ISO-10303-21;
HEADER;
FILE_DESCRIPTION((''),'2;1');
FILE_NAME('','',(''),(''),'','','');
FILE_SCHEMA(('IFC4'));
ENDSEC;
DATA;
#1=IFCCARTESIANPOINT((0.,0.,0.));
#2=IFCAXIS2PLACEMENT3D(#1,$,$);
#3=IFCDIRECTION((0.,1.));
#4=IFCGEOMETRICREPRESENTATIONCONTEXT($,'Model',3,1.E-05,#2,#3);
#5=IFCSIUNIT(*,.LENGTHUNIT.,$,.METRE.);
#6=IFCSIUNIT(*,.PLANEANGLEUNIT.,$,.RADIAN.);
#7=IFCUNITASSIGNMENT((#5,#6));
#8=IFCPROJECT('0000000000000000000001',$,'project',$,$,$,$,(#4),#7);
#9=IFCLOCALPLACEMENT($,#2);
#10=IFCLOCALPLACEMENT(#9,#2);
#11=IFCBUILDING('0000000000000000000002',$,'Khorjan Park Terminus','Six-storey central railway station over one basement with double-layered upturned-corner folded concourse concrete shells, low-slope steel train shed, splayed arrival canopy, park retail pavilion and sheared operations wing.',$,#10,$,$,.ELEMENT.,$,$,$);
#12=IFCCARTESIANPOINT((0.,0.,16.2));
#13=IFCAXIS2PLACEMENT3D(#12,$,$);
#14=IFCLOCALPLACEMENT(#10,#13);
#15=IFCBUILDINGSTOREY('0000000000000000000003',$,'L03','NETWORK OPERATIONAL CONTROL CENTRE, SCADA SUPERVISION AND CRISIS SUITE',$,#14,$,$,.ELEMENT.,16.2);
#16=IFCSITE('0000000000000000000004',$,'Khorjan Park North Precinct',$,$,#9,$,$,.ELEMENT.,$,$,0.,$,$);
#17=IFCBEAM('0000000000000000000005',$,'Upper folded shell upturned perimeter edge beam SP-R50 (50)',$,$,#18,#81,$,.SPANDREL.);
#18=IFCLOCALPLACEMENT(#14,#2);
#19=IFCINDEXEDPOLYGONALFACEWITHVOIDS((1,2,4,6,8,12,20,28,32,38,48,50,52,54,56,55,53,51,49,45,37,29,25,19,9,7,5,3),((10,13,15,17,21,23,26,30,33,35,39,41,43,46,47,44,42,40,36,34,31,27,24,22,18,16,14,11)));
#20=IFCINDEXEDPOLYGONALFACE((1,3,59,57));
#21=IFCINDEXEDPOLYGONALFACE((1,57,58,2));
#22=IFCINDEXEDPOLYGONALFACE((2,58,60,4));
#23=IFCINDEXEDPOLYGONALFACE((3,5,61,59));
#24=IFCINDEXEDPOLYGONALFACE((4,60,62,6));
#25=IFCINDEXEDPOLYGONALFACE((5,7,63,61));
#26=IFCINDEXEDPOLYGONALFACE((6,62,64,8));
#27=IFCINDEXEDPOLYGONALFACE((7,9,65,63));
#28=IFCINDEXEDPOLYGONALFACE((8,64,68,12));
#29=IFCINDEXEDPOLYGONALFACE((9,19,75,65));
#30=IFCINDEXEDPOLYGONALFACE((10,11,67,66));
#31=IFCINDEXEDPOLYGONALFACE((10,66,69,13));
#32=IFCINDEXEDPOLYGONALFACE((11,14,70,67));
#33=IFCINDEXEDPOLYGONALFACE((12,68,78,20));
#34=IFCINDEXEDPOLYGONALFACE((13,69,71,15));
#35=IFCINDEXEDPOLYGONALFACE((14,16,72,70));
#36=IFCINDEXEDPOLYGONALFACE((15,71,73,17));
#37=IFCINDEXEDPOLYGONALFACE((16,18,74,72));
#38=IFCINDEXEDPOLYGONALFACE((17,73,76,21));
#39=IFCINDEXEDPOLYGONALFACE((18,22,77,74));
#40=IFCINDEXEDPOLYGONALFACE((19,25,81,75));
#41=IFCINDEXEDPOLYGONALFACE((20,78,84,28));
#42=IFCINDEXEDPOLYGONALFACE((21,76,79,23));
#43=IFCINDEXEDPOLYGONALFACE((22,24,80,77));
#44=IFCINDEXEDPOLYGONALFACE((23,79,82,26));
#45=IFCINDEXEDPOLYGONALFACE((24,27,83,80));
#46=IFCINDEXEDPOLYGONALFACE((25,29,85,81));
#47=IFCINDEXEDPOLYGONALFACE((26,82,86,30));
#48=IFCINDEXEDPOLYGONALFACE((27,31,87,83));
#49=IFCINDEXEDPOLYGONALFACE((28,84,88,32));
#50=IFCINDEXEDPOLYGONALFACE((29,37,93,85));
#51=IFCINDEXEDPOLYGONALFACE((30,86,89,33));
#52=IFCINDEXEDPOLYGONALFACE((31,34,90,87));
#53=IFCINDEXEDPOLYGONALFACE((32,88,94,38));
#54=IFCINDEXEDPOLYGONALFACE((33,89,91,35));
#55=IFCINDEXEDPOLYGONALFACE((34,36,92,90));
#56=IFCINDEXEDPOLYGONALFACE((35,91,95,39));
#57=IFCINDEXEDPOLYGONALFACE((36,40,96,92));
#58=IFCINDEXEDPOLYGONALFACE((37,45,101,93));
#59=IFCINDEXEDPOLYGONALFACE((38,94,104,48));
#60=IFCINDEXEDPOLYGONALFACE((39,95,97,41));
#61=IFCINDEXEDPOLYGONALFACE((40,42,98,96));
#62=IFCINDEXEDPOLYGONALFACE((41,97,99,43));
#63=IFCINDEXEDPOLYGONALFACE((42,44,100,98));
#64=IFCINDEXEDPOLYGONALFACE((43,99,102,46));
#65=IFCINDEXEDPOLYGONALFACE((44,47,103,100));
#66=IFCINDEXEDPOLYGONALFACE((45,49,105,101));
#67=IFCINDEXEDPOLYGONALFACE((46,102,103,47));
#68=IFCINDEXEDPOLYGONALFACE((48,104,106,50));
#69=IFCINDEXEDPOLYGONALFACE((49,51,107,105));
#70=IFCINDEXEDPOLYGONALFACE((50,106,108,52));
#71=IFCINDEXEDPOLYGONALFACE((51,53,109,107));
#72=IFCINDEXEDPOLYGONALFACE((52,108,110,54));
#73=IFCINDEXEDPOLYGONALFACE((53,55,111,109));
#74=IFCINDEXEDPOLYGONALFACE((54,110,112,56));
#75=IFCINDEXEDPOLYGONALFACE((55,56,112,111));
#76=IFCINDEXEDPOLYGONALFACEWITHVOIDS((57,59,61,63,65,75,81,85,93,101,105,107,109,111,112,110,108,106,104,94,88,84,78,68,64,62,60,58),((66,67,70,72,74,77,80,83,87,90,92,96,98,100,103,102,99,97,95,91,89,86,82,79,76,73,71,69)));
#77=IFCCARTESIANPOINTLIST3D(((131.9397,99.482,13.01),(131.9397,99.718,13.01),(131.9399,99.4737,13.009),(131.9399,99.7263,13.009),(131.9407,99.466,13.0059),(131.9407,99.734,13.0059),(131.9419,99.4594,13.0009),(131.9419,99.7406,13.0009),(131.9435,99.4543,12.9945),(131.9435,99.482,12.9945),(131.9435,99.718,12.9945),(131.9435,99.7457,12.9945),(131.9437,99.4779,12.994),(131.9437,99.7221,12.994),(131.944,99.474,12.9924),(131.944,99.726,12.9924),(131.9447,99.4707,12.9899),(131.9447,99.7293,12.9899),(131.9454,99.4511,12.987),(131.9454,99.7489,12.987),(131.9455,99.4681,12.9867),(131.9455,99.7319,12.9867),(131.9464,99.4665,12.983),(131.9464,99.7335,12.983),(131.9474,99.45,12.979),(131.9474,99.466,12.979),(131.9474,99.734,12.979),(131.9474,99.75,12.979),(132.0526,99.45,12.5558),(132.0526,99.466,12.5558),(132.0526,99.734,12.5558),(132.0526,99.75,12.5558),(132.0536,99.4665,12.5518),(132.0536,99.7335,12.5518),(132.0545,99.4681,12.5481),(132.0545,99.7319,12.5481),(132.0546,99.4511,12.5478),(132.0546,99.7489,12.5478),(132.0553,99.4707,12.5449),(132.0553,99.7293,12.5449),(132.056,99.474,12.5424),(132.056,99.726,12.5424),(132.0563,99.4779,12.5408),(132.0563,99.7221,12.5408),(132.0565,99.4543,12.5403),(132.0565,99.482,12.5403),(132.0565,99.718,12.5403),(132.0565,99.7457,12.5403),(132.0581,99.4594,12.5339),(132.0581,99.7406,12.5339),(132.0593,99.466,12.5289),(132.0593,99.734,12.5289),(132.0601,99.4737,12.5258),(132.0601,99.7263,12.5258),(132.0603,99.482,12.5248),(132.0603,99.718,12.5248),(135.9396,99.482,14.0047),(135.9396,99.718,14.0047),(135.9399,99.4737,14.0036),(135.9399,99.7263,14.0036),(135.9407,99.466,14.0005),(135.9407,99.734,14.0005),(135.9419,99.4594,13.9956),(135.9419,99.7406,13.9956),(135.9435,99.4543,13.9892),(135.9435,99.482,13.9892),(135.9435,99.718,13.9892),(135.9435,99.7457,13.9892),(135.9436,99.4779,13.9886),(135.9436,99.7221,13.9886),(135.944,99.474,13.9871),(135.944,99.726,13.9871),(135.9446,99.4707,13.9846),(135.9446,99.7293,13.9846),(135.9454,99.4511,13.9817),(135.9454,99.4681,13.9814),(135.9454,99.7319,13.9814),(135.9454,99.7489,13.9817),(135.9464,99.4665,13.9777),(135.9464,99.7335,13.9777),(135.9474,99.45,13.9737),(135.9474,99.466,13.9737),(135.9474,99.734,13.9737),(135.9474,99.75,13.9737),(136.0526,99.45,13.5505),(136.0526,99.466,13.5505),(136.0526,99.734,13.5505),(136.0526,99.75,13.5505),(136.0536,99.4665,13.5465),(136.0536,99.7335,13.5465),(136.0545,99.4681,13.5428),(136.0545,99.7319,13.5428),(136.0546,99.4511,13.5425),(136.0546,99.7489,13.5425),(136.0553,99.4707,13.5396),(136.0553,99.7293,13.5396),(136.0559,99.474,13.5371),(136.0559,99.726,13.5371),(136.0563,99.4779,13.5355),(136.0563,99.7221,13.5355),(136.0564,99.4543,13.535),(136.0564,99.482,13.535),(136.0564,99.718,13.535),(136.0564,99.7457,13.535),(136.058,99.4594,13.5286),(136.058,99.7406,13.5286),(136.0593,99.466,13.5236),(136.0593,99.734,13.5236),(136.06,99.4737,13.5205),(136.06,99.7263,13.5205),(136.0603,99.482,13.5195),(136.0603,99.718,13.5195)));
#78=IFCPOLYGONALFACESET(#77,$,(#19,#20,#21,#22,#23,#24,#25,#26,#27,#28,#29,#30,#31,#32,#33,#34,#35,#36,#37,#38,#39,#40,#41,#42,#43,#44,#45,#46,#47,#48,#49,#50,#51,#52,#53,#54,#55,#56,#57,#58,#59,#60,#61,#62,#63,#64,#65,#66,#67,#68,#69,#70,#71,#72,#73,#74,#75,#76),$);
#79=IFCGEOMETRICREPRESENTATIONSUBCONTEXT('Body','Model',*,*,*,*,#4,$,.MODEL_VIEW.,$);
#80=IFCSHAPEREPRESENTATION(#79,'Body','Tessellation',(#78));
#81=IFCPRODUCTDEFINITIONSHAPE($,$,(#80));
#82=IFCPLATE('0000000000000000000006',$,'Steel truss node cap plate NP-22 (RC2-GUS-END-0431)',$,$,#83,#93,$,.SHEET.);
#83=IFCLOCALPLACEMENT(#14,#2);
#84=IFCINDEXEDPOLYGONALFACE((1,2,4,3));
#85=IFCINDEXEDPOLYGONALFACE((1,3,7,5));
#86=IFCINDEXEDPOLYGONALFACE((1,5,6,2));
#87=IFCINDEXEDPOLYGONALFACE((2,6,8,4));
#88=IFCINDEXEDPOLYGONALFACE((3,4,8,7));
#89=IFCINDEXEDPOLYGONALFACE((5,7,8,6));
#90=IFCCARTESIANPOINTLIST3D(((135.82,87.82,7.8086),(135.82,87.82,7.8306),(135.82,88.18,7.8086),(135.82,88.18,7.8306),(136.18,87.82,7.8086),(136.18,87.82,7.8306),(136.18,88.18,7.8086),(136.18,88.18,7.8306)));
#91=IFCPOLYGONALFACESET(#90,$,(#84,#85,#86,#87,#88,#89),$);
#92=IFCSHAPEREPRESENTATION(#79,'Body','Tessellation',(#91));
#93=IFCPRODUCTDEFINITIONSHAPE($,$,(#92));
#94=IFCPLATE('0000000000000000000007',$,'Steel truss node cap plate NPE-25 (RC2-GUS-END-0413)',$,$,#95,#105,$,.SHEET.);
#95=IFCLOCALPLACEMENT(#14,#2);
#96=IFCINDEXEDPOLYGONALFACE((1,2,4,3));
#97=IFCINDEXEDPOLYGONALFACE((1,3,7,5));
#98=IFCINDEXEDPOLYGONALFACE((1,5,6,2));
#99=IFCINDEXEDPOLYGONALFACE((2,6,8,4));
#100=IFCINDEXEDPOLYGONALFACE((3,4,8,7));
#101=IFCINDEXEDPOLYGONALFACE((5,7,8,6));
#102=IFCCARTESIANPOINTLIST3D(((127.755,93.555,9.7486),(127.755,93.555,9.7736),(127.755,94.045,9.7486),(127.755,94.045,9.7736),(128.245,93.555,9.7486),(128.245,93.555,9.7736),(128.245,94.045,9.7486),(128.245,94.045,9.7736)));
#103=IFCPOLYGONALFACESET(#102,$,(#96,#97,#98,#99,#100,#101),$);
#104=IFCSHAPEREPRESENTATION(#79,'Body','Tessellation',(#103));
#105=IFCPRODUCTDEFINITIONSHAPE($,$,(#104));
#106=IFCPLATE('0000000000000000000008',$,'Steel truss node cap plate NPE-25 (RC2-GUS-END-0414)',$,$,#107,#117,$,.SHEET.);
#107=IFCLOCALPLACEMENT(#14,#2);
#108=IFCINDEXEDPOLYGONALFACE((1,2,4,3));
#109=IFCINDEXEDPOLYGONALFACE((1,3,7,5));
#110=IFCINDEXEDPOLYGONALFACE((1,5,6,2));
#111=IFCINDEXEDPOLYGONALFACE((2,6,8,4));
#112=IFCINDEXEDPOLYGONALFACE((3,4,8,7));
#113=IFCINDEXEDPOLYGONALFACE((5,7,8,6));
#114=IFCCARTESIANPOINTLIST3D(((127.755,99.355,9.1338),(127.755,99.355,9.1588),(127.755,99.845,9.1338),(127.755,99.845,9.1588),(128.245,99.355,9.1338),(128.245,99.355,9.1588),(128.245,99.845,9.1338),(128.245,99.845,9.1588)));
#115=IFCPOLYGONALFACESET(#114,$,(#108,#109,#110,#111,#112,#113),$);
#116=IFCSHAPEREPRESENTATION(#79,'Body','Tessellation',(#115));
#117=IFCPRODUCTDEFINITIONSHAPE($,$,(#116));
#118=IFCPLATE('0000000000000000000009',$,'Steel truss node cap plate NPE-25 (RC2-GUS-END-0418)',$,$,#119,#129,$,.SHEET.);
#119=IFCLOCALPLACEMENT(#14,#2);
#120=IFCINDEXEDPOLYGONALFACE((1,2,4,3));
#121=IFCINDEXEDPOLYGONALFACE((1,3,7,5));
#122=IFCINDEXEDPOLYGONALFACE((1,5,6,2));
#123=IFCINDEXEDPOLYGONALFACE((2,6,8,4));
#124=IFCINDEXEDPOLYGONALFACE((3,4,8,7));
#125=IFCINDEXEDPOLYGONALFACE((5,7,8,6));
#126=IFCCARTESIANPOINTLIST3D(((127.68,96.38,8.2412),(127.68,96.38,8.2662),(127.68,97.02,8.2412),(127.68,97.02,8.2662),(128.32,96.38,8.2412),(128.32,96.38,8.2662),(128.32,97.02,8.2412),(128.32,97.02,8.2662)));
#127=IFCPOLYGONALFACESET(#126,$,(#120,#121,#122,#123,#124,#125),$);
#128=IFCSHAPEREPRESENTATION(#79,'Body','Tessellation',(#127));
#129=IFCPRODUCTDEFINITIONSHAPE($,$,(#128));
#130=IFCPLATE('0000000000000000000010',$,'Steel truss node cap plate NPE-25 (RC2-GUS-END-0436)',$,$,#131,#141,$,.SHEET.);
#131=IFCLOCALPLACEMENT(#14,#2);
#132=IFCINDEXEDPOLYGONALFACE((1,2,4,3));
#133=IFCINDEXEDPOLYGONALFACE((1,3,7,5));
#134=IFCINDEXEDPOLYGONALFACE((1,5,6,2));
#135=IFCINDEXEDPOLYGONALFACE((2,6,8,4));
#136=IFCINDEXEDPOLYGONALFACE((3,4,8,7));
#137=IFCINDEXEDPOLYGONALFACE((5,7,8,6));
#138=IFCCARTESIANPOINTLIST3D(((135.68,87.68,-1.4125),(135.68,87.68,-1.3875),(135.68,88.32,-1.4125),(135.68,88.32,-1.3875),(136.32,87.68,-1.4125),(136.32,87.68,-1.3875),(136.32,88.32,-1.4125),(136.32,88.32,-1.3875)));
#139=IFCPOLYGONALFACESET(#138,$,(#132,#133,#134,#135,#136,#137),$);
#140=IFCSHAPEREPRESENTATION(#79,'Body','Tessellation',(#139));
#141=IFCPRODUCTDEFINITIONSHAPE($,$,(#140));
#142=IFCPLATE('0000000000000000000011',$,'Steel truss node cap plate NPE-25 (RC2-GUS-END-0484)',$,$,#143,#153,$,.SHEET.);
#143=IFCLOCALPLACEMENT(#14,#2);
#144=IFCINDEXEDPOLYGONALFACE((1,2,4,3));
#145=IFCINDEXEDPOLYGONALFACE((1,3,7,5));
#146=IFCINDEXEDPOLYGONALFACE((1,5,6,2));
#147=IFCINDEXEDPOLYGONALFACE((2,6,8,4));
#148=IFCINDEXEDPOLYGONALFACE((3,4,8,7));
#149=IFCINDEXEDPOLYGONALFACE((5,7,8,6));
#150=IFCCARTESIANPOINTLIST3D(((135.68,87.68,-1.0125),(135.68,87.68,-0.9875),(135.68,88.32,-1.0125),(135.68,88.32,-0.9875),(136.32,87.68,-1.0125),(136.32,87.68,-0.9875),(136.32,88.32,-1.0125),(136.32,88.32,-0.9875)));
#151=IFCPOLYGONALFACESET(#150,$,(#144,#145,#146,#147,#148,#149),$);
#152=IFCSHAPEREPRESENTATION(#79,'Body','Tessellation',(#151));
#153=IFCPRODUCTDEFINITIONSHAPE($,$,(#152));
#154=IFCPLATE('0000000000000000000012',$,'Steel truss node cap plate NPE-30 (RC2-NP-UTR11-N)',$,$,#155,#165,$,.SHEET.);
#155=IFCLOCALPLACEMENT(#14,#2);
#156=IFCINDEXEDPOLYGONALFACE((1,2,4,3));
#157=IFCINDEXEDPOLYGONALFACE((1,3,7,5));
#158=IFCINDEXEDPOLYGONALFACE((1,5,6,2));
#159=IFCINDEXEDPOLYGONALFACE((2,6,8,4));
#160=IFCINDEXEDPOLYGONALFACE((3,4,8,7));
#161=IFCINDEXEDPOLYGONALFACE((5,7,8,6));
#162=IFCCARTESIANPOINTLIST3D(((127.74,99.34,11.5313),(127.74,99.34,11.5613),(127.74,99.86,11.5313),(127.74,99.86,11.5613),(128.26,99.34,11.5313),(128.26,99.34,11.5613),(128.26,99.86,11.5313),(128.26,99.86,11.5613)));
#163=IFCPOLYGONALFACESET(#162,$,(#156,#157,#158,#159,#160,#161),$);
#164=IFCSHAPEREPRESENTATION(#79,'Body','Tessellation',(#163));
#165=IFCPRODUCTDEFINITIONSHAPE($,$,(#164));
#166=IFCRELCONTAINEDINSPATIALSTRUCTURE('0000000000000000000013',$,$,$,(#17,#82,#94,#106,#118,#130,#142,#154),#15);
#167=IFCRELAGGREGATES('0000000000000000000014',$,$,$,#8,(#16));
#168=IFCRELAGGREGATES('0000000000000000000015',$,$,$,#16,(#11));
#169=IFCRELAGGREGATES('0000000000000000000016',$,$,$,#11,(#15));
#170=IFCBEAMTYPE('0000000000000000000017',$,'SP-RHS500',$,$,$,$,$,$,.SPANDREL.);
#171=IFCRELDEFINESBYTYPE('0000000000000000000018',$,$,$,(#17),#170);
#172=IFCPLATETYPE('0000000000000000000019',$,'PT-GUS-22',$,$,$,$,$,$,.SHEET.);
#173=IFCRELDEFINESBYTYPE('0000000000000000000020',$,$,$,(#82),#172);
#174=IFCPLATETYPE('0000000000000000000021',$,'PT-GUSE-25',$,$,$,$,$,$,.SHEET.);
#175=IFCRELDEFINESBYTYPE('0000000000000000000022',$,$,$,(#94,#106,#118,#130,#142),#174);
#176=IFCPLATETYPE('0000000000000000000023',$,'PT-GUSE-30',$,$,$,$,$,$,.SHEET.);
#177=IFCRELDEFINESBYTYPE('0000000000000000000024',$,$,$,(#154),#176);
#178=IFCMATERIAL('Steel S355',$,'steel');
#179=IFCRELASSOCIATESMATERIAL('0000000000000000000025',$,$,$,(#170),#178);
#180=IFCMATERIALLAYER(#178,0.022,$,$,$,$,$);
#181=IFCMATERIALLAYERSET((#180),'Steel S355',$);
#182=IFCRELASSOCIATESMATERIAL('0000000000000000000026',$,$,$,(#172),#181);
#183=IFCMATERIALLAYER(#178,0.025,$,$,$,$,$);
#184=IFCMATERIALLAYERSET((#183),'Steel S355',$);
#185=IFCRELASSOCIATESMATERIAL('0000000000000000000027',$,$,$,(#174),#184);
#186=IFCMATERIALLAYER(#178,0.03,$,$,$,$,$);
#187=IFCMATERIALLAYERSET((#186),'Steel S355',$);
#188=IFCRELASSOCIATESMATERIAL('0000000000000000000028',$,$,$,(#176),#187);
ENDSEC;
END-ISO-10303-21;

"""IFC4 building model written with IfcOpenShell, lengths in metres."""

from ifc_helpers import new_model, si_unit, direction, frame, origin, origin_2d, place, context, subcontext, project, spatial, rectangle, hollow_rectangle, extrude, material, layer, layer_set, material_profile, profile_set, type_object, element, save


model = new_model("IFC4")

# Units and contexts
model_context = context("Model", 3, precision=1e-05, world=origin(), true_north=direction((0.0, 1.0)))
body_context = subcontext(model_context, "Body", "Model", "MODEL_VIEW")
ifc_project = project(units=[si_unit("LENGTHUNIT", "METRE"), si_unit("PLANEANGLEUNIT", "RADIAN")], contexts=[model_context])

# Site, building, storey
site_placement = place(None, origin())
site = spatial("IfcSite", under=ifc_project, at=site_placement, Name="Khorjan Park North Precinct", CompositionType="ELEMENT", RefElevation=0.0)
building_placement = place(site_placement, origin())
building = spatial("IfcBuilding", under=site, at=building_placement, Name="Khorjan Park Terminus", Description="Six-storey central railway station over one basement with double-layered upturned-corner folded concourse concrete shells, low-slope steel train shed, splayed arrival canopy, park retail pavilion and sheared operations wing.", CompositionType="ELEMENT")
storey_placement = place(building_placement, frame((0.0, 0.0, 16.2)))
storey = spatial("IfcBuildingStorey", under=building, at=storey_placement, Name="L03", Description="NETWORK OPERATIONAL CONTROL CENTRE, SCADA SUPERVISION AND CRISIS SUITE", CompositionType="ELEMENT", Elevation=16.2)

# Shared definitions
ifc_material_1 = material(Name="Steel S355", Category="steel")

# Beam
ifc_material_profile_1 = material_profile(ifc_material_1, hollow_rectangle(XDim=0.3, YDim=0.5, WallThickness=0.016, InnerFilletRadius=0.016, OuterFilletRadius=0.032, at=origin_2d()), Name="RHS 500x300x16")
ifc_profile_set_1 = profile_set([ifc_material_profile_1], Name="Steel S355")
beam_type_1 = type_object("IfcBeamType", Name="SP-RHS500", PredefinedType="SPANDREL", material=ifc_profile_set_1)
beam_1_placement = place(storey_placement, frame((132.0, 99.6, 12.7674), z_axis=(0.970444, 0.0, 0.241325), x_axis=(0.0, 1.0, 0.0)))
element("IfcBeam", 1, at=beam_1_placement, inside=storey, type_object=beam_type_1, Name="Upper folded shell upturned perimeter edge beam SP-R50 (50)", PredefinedType="SPANDREL", context=body_context, shape_type="SweptSolid", body=[
    extrude(hollow_rectangle(XDim=0.3, YDim=0.5, WallThickness=0.016, InnerFilletRadius=0.016, OuterFilletRadius=0.032, at=origin_2d()), origin(), (0.0, 0.0, 1.0), 4.1218),
])

# Plates
ifc_layer_1 = layer(ifc_material_1, 0.022)
ifc_layer_set_1 = layer_set([ifc_layer_1], Name="Steel S355")
plate_type_1 = type_object("IfcPlateType", Name="PT-GUS-22", PredefinedType="SHEET", material=ifc_layer_set_1)
plate_1_placement = place(storey_placement, frame((136.0, 88.0, 7.8086), z_axis=(0.0, 0.0, 1.0), x_axis=(1.0, 0.0, 0.0)))
element("IfcPlate", 2, at=plate_1_placement, inside=storey, type_object=plate_type_1, Name="Steel truss node cap plate NP-22 (RC2-GUS-END-0431)", PredefinedType="SHEET", context=body_context, shape_type="SweptSolid", body=[
    extrude(rectangle(XDim=0.36, YDim=0.36, at=origin_2d()), origin(), (0.0, 0.0, 1.0), 0.022),
])
ifc_layer_2 = layer(ifc_material_1, 0.025)
ifc_layer_set_2 = layer_set([ifc_layer_2], Name="Steel S355")
plate_type_2 = type_object("IfcPlateType", Name="PT-GUSE-25", PredefinedType="SHEET", material=ifc_layer_set_2)
for number, where, z_axis, x_axis, name in (
    (3, (128.0, 93.8, 9.7486), (0.0, 0.0, 1.0), (1.0, 0.0, 0.0), "Steel truss node cap plate NPE-25 (RC2-GUS-END-0413)"),
    (4, (128.0, 99.6, 9.1338), (0.0, 0.0, 1.0), (1.0, 0.0, 0.0), "Steel truss node cap plate NPE-25 (RC2-GUS-END-0414)"),
):
    element("IfcPlate", number, at=place(storey_placement, frame(where, z_axis=z_axis, x_axis=x_axis)), inside=storey, type_object=plate_type_2, Name=name, PredefinedType="SHEET", context=body_context, shape_type="SweptSolid", body=[
        extrude(rectangle(XDim=0.49, YDim=0.49, at=origin_2d()), origin(), (0.0, 0.0, 1.0), 0.025),
    ])
for number, where, z_axis, x_axis, name in (
    (5, (128.0, 96.7, 8.2412), (0.0, 0.0, 1.0), (1.0, 0.0, 0.0), "Steel truss node cap plate NPE-25 (RC2-GUS-END-0418)"),
    (6, (136.0, 88.0, -1.4125), (0.0, 0.0, 1.0), (1.0, 0.0, 0.0), "Steel truss node cap plate NPE-25 (RC2-GUS-END-0436)"),
    (7, (136.0, 88.0, -1.0125), (0.0, 0.0, 1.0), (1.0, 0.0, 0.0), "Steel truss node cap plate NPE-25 (RC2-GUS-END-0484)"),
):
    element("IfcPlate", number, at=place(storey_placement, frame(where, z_axis=z_axis, x_axis=x_axis)), inside=storey, type_object=plate_type_2, Name=name, PredefinedType="SHEET", context=body_context, shape_type="SweptSolid", body=[
        extrude(rectangle(XDim=0.64, YDim=0.64, at=origin_2d()), origin(), (0.0, 0.0, 1.0), 0.025),
    ])
ifc_layer_3 = layer(ifc_material_1, 0.03)
ifc_layer_set_3 = layer_set([ifc_layer_3], Name="Steel S355")
plate_type_3 = type_object("IfcPlateType", Name="PT-GUSE-30", PredefinedType="SHEET", material=ifc_layer_set_3)
plate_2_placement = place(storey_placement, frame((128.0, 99.6, 11.5313), z_axis=(0.0, 0.0, 1.0), x_axis=(1.0, 0.0, 0.0)))
element("IfcPlate", 8, at=plate_2_placement, inside=storey, type_object=plate_type_3, Name="Steel truss node cap plate NPE-30 (RC2-NP-UTR11-N)", PredefinedType="SHEET", context=body_context, shape_type="SweptSolid", body=[
    extrude(rectangle(XDim=0.52, YDim=0.52, at=origin_2d()), origin(), (0.0, 0.0, 1.0), 0.03),
])

save(model, "model.ifc")
